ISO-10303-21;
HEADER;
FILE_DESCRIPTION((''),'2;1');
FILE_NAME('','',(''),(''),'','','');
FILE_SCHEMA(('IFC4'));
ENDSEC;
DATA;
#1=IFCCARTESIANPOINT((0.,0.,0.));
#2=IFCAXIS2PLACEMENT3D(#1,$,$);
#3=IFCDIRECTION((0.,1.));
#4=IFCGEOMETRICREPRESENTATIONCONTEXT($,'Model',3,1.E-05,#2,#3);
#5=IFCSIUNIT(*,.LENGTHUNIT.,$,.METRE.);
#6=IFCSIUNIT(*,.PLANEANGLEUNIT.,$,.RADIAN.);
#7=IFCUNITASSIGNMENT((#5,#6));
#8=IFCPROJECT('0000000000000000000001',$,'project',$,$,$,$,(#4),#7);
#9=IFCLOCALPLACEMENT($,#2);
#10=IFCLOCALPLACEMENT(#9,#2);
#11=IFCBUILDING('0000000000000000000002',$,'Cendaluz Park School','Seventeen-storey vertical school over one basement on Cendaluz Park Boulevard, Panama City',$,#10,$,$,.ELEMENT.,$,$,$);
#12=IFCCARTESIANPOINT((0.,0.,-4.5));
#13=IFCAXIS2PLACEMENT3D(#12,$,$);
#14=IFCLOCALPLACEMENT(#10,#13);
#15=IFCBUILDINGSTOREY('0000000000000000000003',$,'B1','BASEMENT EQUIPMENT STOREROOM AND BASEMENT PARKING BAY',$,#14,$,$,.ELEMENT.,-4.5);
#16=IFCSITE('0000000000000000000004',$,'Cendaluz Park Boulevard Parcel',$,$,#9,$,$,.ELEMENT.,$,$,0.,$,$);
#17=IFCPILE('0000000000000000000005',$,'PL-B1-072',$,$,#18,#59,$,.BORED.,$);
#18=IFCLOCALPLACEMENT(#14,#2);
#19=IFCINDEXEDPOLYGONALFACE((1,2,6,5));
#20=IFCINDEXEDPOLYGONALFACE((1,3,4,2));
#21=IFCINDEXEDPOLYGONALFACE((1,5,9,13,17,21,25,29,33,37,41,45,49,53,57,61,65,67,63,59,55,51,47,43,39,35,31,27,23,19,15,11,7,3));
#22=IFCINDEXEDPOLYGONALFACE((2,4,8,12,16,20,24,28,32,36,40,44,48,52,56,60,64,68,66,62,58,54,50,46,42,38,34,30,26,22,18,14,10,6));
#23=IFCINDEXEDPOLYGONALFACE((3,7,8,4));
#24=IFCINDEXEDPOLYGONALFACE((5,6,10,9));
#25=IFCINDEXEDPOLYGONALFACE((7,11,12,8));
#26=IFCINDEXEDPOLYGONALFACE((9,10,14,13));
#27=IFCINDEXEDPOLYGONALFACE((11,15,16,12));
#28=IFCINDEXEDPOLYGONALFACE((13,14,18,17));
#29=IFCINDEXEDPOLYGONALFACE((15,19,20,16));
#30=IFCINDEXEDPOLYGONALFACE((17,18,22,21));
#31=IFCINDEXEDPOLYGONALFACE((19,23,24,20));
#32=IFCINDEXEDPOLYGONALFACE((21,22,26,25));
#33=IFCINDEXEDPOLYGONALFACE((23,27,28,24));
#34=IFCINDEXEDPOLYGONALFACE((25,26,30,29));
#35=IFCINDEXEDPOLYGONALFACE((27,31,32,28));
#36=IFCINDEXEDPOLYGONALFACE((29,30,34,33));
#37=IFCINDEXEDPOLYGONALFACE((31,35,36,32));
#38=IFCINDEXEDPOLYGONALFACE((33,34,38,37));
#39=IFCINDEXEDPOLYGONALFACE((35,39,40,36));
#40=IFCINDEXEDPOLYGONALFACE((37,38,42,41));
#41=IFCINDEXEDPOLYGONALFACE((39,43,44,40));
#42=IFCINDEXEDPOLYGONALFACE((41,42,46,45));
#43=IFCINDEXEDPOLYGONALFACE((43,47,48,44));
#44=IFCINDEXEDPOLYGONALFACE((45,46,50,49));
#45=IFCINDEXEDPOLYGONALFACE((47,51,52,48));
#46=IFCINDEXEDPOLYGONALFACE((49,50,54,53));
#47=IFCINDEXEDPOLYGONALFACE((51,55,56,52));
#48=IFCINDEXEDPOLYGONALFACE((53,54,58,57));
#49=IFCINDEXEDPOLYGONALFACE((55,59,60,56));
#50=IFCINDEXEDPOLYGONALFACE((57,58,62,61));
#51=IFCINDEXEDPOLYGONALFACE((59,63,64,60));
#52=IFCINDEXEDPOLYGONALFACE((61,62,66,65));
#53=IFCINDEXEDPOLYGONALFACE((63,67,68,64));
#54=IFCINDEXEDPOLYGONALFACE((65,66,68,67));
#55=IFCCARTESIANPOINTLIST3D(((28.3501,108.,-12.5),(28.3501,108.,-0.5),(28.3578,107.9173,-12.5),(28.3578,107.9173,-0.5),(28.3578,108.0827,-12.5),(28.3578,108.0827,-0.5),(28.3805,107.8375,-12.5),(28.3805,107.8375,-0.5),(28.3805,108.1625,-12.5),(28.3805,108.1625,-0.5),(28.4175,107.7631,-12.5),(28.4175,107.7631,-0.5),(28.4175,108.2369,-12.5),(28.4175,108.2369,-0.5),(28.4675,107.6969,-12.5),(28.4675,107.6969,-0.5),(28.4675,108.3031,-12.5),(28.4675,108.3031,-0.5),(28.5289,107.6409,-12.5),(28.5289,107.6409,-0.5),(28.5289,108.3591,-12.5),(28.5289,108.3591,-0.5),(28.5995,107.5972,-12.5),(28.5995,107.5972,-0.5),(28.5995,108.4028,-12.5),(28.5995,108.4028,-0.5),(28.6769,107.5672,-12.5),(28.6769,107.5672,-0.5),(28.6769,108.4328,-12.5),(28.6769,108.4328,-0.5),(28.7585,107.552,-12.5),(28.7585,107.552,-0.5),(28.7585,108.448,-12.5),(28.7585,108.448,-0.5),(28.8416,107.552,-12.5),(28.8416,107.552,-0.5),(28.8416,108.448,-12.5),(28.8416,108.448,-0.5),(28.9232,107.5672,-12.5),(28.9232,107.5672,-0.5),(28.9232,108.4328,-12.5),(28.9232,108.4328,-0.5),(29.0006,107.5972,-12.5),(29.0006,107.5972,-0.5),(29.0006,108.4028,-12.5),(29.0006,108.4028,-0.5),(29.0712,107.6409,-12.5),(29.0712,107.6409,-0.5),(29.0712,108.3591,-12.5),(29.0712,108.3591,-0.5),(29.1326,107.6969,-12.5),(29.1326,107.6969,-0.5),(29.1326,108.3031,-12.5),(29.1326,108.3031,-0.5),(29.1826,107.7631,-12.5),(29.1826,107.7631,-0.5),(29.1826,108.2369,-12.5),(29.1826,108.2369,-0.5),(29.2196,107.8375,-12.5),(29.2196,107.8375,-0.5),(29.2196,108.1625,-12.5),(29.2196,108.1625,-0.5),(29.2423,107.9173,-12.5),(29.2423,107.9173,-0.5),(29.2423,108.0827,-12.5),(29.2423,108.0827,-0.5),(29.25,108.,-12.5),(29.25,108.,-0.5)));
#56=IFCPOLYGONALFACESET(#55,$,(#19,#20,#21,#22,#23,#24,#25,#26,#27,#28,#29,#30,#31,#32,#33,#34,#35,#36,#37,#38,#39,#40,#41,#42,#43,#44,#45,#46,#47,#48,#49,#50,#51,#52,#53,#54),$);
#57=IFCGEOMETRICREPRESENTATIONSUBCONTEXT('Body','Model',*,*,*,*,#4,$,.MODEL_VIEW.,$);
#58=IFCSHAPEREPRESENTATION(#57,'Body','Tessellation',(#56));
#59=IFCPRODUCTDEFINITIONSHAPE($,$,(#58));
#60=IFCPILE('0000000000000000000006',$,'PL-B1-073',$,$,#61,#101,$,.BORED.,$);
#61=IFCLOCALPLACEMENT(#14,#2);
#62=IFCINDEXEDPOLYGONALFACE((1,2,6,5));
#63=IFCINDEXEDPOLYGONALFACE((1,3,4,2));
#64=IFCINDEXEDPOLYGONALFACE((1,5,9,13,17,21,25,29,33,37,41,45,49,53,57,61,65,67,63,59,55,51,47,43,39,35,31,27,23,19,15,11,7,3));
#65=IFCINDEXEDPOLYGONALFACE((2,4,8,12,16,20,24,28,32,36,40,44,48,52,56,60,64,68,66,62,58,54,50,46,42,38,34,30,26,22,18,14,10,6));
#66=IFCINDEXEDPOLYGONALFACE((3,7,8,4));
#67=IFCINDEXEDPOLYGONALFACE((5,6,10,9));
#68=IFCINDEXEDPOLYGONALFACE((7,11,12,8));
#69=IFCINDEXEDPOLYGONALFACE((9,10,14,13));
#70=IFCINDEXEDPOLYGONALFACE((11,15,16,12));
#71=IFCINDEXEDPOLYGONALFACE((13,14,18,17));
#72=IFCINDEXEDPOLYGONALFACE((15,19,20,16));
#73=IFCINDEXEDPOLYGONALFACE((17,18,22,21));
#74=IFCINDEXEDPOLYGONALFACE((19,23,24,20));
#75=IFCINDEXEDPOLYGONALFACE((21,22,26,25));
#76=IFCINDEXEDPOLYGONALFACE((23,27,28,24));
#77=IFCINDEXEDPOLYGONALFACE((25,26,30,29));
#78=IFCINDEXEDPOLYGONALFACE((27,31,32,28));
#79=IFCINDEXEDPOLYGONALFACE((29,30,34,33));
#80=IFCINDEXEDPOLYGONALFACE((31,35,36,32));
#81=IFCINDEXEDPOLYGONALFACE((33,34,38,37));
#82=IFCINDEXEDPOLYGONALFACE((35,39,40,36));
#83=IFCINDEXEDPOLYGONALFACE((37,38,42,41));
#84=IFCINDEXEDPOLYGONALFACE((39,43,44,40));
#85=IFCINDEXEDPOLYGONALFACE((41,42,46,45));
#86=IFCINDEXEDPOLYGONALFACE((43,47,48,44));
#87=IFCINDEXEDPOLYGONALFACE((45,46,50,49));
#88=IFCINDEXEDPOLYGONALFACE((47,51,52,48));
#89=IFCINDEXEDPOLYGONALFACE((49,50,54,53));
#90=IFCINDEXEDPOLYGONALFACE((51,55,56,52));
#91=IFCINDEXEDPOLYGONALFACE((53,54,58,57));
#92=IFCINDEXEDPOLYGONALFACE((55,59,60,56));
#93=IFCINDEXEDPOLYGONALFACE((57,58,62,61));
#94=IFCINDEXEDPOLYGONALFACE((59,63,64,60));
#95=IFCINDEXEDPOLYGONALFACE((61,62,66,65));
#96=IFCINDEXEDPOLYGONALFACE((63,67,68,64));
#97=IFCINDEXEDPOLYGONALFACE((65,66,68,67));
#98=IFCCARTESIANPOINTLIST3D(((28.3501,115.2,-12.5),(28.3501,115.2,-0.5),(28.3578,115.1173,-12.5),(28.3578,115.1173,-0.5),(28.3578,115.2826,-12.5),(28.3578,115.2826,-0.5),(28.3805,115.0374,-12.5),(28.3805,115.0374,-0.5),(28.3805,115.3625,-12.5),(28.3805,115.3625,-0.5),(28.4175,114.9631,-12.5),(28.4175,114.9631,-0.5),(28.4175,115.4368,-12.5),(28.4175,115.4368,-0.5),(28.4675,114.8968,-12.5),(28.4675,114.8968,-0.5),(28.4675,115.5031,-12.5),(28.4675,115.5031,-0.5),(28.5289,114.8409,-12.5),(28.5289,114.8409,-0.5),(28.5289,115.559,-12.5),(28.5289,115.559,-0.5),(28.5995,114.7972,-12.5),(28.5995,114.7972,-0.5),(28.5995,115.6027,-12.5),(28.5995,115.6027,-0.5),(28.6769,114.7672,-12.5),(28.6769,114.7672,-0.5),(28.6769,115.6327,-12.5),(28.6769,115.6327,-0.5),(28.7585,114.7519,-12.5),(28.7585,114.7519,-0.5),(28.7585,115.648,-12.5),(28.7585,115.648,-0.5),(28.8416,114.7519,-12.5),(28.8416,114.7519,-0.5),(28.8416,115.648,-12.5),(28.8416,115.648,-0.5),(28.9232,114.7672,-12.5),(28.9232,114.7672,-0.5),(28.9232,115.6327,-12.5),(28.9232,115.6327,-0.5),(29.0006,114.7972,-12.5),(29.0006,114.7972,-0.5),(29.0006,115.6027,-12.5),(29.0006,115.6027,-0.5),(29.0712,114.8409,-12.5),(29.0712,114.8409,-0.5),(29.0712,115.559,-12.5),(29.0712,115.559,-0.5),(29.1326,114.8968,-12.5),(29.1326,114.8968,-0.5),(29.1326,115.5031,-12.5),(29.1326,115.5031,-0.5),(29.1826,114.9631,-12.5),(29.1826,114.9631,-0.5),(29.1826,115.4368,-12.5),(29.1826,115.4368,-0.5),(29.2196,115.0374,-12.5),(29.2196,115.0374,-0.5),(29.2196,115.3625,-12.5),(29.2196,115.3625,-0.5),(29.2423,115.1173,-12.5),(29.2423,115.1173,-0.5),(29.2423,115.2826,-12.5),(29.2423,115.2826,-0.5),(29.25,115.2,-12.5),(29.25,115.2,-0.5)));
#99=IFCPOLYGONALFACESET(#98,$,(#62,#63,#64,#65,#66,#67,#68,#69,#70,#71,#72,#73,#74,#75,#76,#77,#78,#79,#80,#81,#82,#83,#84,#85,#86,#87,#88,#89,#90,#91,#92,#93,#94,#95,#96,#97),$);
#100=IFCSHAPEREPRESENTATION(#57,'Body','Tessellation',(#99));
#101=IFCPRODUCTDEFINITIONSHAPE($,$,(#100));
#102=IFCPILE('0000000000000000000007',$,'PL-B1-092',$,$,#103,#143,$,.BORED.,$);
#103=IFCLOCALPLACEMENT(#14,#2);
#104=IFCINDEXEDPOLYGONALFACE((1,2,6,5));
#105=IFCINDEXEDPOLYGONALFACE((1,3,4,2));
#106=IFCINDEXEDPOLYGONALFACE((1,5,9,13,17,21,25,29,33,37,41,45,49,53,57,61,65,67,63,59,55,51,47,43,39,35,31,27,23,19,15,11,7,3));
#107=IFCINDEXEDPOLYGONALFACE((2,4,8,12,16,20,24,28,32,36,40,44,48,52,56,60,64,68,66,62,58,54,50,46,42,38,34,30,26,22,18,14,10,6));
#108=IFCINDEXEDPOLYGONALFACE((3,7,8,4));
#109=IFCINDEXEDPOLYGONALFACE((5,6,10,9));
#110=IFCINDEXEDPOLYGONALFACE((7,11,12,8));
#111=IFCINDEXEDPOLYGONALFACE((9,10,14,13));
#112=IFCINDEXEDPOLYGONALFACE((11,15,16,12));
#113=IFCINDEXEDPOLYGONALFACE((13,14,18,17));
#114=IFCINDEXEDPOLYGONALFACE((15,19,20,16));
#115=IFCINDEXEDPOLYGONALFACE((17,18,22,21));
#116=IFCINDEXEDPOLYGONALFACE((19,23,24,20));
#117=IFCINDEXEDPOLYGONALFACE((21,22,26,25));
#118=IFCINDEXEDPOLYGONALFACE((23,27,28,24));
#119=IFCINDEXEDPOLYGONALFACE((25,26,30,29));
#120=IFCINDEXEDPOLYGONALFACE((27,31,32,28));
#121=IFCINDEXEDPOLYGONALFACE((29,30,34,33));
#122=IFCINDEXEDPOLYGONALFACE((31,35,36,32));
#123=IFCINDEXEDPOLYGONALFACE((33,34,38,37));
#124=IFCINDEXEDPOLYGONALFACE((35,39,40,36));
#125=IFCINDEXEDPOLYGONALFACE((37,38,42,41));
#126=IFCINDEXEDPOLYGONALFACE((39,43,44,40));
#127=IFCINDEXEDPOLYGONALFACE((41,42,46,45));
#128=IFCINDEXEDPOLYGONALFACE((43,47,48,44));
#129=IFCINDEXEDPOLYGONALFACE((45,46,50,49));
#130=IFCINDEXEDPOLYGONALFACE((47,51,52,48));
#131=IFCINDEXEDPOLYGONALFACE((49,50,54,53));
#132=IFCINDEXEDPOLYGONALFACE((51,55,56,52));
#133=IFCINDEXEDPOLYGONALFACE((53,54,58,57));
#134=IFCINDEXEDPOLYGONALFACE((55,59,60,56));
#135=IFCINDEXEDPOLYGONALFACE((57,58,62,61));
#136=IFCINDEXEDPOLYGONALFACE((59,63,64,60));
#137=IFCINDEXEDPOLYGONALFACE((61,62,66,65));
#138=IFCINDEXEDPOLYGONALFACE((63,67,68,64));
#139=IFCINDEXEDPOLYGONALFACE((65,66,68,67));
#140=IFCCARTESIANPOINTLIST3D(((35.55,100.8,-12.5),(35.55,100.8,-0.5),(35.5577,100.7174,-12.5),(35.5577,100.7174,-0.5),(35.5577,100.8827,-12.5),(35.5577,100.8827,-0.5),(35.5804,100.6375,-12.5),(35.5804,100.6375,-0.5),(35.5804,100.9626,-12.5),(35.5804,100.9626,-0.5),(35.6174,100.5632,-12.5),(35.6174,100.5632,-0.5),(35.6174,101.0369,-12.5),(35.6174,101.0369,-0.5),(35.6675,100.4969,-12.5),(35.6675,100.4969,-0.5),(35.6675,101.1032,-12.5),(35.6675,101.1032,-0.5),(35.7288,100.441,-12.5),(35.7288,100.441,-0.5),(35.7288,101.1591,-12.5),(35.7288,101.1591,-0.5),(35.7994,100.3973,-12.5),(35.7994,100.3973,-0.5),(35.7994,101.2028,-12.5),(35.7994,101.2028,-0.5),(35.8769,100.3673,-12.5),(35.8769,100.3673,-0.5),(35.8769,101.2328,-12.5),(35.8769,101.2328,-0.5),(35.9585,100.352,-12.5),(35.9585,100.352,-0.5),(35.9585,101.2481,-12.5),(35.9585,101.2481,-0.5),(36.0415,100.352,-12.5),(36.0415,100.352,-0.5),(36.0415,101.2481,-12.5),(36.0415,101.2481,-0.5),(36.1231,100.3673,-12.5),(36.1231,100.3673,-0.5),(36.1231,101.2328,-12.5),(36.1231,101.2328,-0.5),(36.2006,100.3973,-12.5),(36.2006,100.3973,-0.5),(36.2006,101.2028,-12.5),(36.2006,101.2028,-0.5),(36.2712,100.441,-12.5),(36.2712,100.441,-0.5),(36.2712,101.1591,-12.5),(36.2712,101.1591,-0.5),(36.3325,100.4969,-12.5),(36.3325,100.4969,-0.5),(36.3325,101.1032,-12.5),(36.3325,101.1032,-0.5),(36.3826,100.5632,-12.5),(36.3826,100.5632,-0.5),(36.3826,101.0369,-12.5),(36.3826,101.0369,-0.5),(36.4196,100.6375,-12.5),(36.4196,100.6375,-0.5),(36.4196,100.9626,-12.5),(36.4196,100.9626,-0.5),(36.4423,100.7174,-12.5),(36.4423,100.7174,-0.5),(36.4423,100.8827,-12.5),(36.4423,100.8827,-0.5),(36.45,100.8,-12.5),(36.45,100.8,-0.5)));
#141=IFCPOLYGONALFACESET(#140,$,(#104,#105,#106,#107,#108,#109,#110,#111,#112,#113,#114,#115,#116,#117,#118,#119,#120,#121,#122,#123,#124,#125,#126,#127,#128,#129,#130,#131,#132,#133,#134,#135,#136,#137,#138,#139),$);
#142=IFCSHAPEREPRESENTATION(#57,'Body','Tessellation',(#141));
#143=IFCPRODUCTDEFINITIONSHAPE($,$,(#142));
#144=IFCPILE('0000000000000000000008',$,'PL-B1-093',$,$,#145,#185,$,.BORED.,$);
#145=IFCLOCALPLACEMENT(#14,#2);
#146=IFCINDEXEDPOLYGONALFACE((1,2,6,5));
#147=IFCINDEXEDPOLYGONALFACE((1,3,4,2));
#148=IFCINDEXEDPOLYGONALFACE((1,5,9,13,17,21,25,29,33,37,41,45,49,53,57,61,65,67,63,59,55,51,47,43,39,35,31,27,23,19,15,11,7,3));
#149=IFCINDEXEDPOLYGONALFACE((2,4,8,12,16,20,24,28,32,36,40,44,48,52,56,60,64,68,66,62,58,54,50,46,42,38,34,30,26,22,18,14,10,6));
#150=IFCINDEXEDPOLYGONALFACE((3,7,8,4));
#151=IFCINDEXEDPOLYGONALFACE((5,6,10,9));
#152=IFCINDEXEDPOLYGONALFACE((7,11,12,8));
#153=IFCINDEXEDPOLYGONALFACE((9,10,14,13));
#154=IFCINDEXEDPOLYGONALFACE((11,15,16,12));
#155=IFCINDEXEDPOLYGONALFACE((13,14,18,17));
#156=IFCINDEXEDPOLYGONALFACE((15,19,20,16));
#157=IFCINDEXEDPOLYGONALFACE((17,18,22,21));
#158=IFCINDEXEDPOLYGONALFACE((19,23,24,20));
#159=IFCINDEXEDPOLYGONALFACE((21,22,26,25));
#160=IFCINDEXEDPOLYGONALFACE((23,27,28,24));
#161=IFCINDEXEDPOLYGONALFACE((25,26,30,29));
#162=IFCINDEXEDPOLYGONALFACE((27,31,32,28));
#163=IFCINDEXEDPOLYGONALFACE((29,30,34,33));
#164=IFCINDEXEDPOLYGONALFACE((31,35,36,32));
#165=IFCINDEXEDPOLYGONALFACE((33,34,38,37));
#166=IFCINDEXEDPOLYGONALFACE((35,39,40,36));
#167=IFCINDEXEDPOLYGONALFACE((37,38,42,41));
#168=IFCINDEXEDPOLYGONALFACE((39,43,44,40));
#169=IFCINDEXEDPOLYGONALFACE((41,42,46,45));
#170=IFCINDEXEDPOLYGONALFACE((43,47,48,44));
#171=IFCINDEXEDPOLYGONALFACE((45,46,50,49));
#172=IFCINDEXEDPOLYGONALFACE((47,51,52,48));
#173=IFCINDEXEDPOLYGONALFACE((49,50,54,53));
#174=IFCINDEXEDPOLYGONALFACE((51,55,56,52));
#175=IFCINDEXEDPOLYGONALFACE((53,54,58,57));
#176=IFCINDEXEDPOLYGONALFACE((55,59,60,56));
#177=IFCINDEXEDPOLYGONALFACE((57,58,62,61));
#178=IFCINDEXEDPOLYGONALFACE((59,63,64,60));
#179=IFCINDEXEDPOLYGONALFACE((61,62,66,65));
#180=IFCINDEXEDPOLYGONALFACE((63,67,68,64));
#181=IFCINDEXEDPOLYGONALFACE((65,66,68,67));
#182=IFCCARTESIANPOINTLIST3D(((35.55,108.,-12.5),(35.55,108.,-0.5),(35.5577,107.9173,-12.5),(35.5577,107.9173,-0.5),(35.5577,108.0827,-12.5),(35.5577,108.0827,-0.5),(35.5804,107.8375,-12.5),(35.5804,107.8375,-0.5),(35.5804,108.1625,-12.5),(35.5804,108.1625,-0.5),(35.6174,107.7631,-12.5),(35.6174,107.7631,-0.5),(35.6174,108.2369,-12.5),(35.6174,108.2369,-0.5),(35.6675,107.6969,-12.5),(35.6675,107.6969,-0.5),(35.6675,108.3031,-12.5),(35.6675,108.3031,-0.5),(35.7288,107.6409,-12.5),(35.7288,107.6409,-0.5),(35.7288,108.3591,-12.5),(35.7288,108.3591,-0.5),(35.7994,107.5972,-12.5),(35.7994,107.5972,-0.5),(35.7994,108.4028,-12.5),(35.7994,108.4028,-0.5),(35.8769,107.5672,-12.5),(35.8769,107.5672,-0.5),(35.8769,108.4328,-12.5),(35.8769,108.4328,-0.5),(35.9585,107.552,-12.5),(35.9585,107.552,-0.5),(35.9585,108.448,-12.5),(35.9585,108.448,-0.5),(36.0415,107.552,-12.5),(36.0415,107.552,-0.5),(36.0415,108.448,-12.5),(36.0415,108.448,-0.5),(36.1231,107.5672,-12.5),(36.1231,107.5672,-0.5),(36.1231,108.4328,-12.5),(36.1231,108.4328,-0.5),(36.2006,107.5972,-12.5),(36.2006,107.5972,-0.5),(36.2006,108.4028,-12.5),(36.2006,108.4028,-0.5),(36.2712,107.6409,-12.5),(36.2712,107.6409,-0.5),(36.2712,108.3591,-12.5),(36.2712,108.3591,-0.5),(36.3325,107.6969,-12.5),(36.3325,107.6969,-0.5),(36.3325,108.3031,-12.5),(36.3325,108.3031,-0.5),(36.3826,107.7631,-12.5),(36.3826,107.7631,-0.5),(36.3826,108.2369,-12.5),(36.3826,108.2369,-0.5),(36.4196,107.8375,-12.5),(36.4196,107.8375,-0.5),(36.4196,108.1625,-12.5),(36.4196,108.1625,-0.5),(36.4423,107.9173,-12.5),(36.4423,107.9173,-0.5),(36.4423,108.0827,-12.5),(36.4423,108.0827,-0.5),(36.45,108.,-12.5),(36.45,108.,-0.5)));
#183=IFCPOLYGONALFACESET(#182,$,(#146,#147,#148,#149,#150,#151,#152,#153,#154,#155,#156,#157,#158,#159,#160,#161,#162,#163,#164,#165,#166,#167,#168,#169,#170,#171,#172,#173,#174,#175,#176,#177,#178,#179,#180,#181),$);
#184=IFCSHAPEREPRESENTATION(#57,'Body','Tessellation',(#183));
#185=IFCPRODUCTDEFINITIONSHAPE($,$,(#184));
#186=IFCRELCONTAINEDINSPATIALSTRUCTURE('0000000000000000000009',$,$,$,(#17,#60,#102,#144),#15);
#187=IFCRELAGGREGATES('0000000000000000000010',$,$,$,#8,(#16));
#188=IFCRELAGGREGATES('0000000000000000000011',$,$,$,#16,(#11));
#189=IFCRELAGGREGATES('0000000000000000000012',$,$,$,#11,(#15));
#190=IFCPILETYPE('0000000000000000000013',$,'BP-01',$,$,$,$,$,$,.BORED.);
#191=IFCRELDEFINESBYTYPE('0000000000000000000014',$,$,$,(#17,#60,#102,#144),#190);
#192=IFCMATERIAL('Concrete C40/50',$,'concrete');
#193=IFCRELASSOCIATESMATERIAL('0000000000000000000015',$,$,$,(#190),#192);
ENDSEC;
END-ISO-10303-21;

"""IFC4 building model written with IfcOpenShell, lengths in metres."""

from ifc_helpers import new_model, si_unit, direction, frame, origin, origin_2d, place, context, subcontext, project, spatial, circle, extrude, material, material_profile, profile_set, type_object, element, save


model = new_model("IFC4")

# Units and contexts
model_context = context("Model", 3, precision=1e-05, world=origin(), true_north=direction((0.0, 1.0)))
body_context = subcontext(model_context, "Body", "Model", "MODEL_VIEW")
ifc_project = project(units=[si_unit("LENGTHUNIT", "METRE"), si_unit("PLANEANGLEUNIT", "RADIAN")], contexts=[model_context])

# Site, building, storey
site_placement = place(None, origin())
site = spatial("IfcSite", under=ifc_project, at=site_placement, Name="Cendaluz Park Boulevard Parcel", CompositionType="ELEMENT", RefElevation=0.0)
building_placement = place(site_placement, origin())
building = spatial("IfcBuilding", under=site, at=building_placement, Name="Cendaluz Park School", Description="Seventeen-storey vertical school over one basement on Cendaluz Park Boulevard, Panama City", CompositionType="ELEMENT")
storey_placement = place(building_placement, frame((0.0, 0.0, -4.5)))
storey = spatial("IfcBuildingStorey", under=building, at=storey_placement, Name="B1", Description="BASEMENT EQUIPMENT STOREROOM AND BASEMENT PARKING BAY", CompositionType="ELEMENT", Elevation=-4.5)

# Piles
ifc_material_1 = material(Name="Concrete C40/50", Category="concrete")
ifc_material_profile_1 = material_profile(ifc_material_1, circle(Radius=0.45, at=origin_2d()), Name="BP D900", Category="concrete")
ifc_profile_set_1 = profile_set([ifc_material_profile_1], Name="Concrete C40/50")
pile_type = type_object("IfcPileType", Name="BP-01", PredefinedType="BORED", material=ifc_profile_set_1)
for number, where, z_axis, x_axis, name in (
    (1, (28.8, 108.0, -0.5), (0.0, 0.0, -1.0), (1.0, 0.0, 0.0), "PL-B1-072"),
    (2, (28.8, 115.2, -0.5), (0.0, 0.0, -1.0), (1.0, 0.0, 0.0), "PL-B1-073"),
    (3, (36.0, 100.8, -0.5), (0.0, 0.0, -1.0), (1.0, 0.0, 0.0), "PL-B1-092"),
    (4, (36.0, 108.0, -0.5), (0.0, 0.0, -1.0), (1.0, 0.0, 0.0), "PL-B1-093"),
):
    element("IfcPile", number, at=place(storey_placement, frame(where, z_axis=z_axis, x_axis=x_axis)), inside=storey, type_object=pile_type, Name=name, PredefinedType="BORED", context=body_context, shape_type="SweptSolid", body=[
        extrude(circle(Radius=0.45, at=origin_2d()), origin(), (0.0, 0.0, 1.0), 12.0),
    ])

save(model, "model.ifc")
